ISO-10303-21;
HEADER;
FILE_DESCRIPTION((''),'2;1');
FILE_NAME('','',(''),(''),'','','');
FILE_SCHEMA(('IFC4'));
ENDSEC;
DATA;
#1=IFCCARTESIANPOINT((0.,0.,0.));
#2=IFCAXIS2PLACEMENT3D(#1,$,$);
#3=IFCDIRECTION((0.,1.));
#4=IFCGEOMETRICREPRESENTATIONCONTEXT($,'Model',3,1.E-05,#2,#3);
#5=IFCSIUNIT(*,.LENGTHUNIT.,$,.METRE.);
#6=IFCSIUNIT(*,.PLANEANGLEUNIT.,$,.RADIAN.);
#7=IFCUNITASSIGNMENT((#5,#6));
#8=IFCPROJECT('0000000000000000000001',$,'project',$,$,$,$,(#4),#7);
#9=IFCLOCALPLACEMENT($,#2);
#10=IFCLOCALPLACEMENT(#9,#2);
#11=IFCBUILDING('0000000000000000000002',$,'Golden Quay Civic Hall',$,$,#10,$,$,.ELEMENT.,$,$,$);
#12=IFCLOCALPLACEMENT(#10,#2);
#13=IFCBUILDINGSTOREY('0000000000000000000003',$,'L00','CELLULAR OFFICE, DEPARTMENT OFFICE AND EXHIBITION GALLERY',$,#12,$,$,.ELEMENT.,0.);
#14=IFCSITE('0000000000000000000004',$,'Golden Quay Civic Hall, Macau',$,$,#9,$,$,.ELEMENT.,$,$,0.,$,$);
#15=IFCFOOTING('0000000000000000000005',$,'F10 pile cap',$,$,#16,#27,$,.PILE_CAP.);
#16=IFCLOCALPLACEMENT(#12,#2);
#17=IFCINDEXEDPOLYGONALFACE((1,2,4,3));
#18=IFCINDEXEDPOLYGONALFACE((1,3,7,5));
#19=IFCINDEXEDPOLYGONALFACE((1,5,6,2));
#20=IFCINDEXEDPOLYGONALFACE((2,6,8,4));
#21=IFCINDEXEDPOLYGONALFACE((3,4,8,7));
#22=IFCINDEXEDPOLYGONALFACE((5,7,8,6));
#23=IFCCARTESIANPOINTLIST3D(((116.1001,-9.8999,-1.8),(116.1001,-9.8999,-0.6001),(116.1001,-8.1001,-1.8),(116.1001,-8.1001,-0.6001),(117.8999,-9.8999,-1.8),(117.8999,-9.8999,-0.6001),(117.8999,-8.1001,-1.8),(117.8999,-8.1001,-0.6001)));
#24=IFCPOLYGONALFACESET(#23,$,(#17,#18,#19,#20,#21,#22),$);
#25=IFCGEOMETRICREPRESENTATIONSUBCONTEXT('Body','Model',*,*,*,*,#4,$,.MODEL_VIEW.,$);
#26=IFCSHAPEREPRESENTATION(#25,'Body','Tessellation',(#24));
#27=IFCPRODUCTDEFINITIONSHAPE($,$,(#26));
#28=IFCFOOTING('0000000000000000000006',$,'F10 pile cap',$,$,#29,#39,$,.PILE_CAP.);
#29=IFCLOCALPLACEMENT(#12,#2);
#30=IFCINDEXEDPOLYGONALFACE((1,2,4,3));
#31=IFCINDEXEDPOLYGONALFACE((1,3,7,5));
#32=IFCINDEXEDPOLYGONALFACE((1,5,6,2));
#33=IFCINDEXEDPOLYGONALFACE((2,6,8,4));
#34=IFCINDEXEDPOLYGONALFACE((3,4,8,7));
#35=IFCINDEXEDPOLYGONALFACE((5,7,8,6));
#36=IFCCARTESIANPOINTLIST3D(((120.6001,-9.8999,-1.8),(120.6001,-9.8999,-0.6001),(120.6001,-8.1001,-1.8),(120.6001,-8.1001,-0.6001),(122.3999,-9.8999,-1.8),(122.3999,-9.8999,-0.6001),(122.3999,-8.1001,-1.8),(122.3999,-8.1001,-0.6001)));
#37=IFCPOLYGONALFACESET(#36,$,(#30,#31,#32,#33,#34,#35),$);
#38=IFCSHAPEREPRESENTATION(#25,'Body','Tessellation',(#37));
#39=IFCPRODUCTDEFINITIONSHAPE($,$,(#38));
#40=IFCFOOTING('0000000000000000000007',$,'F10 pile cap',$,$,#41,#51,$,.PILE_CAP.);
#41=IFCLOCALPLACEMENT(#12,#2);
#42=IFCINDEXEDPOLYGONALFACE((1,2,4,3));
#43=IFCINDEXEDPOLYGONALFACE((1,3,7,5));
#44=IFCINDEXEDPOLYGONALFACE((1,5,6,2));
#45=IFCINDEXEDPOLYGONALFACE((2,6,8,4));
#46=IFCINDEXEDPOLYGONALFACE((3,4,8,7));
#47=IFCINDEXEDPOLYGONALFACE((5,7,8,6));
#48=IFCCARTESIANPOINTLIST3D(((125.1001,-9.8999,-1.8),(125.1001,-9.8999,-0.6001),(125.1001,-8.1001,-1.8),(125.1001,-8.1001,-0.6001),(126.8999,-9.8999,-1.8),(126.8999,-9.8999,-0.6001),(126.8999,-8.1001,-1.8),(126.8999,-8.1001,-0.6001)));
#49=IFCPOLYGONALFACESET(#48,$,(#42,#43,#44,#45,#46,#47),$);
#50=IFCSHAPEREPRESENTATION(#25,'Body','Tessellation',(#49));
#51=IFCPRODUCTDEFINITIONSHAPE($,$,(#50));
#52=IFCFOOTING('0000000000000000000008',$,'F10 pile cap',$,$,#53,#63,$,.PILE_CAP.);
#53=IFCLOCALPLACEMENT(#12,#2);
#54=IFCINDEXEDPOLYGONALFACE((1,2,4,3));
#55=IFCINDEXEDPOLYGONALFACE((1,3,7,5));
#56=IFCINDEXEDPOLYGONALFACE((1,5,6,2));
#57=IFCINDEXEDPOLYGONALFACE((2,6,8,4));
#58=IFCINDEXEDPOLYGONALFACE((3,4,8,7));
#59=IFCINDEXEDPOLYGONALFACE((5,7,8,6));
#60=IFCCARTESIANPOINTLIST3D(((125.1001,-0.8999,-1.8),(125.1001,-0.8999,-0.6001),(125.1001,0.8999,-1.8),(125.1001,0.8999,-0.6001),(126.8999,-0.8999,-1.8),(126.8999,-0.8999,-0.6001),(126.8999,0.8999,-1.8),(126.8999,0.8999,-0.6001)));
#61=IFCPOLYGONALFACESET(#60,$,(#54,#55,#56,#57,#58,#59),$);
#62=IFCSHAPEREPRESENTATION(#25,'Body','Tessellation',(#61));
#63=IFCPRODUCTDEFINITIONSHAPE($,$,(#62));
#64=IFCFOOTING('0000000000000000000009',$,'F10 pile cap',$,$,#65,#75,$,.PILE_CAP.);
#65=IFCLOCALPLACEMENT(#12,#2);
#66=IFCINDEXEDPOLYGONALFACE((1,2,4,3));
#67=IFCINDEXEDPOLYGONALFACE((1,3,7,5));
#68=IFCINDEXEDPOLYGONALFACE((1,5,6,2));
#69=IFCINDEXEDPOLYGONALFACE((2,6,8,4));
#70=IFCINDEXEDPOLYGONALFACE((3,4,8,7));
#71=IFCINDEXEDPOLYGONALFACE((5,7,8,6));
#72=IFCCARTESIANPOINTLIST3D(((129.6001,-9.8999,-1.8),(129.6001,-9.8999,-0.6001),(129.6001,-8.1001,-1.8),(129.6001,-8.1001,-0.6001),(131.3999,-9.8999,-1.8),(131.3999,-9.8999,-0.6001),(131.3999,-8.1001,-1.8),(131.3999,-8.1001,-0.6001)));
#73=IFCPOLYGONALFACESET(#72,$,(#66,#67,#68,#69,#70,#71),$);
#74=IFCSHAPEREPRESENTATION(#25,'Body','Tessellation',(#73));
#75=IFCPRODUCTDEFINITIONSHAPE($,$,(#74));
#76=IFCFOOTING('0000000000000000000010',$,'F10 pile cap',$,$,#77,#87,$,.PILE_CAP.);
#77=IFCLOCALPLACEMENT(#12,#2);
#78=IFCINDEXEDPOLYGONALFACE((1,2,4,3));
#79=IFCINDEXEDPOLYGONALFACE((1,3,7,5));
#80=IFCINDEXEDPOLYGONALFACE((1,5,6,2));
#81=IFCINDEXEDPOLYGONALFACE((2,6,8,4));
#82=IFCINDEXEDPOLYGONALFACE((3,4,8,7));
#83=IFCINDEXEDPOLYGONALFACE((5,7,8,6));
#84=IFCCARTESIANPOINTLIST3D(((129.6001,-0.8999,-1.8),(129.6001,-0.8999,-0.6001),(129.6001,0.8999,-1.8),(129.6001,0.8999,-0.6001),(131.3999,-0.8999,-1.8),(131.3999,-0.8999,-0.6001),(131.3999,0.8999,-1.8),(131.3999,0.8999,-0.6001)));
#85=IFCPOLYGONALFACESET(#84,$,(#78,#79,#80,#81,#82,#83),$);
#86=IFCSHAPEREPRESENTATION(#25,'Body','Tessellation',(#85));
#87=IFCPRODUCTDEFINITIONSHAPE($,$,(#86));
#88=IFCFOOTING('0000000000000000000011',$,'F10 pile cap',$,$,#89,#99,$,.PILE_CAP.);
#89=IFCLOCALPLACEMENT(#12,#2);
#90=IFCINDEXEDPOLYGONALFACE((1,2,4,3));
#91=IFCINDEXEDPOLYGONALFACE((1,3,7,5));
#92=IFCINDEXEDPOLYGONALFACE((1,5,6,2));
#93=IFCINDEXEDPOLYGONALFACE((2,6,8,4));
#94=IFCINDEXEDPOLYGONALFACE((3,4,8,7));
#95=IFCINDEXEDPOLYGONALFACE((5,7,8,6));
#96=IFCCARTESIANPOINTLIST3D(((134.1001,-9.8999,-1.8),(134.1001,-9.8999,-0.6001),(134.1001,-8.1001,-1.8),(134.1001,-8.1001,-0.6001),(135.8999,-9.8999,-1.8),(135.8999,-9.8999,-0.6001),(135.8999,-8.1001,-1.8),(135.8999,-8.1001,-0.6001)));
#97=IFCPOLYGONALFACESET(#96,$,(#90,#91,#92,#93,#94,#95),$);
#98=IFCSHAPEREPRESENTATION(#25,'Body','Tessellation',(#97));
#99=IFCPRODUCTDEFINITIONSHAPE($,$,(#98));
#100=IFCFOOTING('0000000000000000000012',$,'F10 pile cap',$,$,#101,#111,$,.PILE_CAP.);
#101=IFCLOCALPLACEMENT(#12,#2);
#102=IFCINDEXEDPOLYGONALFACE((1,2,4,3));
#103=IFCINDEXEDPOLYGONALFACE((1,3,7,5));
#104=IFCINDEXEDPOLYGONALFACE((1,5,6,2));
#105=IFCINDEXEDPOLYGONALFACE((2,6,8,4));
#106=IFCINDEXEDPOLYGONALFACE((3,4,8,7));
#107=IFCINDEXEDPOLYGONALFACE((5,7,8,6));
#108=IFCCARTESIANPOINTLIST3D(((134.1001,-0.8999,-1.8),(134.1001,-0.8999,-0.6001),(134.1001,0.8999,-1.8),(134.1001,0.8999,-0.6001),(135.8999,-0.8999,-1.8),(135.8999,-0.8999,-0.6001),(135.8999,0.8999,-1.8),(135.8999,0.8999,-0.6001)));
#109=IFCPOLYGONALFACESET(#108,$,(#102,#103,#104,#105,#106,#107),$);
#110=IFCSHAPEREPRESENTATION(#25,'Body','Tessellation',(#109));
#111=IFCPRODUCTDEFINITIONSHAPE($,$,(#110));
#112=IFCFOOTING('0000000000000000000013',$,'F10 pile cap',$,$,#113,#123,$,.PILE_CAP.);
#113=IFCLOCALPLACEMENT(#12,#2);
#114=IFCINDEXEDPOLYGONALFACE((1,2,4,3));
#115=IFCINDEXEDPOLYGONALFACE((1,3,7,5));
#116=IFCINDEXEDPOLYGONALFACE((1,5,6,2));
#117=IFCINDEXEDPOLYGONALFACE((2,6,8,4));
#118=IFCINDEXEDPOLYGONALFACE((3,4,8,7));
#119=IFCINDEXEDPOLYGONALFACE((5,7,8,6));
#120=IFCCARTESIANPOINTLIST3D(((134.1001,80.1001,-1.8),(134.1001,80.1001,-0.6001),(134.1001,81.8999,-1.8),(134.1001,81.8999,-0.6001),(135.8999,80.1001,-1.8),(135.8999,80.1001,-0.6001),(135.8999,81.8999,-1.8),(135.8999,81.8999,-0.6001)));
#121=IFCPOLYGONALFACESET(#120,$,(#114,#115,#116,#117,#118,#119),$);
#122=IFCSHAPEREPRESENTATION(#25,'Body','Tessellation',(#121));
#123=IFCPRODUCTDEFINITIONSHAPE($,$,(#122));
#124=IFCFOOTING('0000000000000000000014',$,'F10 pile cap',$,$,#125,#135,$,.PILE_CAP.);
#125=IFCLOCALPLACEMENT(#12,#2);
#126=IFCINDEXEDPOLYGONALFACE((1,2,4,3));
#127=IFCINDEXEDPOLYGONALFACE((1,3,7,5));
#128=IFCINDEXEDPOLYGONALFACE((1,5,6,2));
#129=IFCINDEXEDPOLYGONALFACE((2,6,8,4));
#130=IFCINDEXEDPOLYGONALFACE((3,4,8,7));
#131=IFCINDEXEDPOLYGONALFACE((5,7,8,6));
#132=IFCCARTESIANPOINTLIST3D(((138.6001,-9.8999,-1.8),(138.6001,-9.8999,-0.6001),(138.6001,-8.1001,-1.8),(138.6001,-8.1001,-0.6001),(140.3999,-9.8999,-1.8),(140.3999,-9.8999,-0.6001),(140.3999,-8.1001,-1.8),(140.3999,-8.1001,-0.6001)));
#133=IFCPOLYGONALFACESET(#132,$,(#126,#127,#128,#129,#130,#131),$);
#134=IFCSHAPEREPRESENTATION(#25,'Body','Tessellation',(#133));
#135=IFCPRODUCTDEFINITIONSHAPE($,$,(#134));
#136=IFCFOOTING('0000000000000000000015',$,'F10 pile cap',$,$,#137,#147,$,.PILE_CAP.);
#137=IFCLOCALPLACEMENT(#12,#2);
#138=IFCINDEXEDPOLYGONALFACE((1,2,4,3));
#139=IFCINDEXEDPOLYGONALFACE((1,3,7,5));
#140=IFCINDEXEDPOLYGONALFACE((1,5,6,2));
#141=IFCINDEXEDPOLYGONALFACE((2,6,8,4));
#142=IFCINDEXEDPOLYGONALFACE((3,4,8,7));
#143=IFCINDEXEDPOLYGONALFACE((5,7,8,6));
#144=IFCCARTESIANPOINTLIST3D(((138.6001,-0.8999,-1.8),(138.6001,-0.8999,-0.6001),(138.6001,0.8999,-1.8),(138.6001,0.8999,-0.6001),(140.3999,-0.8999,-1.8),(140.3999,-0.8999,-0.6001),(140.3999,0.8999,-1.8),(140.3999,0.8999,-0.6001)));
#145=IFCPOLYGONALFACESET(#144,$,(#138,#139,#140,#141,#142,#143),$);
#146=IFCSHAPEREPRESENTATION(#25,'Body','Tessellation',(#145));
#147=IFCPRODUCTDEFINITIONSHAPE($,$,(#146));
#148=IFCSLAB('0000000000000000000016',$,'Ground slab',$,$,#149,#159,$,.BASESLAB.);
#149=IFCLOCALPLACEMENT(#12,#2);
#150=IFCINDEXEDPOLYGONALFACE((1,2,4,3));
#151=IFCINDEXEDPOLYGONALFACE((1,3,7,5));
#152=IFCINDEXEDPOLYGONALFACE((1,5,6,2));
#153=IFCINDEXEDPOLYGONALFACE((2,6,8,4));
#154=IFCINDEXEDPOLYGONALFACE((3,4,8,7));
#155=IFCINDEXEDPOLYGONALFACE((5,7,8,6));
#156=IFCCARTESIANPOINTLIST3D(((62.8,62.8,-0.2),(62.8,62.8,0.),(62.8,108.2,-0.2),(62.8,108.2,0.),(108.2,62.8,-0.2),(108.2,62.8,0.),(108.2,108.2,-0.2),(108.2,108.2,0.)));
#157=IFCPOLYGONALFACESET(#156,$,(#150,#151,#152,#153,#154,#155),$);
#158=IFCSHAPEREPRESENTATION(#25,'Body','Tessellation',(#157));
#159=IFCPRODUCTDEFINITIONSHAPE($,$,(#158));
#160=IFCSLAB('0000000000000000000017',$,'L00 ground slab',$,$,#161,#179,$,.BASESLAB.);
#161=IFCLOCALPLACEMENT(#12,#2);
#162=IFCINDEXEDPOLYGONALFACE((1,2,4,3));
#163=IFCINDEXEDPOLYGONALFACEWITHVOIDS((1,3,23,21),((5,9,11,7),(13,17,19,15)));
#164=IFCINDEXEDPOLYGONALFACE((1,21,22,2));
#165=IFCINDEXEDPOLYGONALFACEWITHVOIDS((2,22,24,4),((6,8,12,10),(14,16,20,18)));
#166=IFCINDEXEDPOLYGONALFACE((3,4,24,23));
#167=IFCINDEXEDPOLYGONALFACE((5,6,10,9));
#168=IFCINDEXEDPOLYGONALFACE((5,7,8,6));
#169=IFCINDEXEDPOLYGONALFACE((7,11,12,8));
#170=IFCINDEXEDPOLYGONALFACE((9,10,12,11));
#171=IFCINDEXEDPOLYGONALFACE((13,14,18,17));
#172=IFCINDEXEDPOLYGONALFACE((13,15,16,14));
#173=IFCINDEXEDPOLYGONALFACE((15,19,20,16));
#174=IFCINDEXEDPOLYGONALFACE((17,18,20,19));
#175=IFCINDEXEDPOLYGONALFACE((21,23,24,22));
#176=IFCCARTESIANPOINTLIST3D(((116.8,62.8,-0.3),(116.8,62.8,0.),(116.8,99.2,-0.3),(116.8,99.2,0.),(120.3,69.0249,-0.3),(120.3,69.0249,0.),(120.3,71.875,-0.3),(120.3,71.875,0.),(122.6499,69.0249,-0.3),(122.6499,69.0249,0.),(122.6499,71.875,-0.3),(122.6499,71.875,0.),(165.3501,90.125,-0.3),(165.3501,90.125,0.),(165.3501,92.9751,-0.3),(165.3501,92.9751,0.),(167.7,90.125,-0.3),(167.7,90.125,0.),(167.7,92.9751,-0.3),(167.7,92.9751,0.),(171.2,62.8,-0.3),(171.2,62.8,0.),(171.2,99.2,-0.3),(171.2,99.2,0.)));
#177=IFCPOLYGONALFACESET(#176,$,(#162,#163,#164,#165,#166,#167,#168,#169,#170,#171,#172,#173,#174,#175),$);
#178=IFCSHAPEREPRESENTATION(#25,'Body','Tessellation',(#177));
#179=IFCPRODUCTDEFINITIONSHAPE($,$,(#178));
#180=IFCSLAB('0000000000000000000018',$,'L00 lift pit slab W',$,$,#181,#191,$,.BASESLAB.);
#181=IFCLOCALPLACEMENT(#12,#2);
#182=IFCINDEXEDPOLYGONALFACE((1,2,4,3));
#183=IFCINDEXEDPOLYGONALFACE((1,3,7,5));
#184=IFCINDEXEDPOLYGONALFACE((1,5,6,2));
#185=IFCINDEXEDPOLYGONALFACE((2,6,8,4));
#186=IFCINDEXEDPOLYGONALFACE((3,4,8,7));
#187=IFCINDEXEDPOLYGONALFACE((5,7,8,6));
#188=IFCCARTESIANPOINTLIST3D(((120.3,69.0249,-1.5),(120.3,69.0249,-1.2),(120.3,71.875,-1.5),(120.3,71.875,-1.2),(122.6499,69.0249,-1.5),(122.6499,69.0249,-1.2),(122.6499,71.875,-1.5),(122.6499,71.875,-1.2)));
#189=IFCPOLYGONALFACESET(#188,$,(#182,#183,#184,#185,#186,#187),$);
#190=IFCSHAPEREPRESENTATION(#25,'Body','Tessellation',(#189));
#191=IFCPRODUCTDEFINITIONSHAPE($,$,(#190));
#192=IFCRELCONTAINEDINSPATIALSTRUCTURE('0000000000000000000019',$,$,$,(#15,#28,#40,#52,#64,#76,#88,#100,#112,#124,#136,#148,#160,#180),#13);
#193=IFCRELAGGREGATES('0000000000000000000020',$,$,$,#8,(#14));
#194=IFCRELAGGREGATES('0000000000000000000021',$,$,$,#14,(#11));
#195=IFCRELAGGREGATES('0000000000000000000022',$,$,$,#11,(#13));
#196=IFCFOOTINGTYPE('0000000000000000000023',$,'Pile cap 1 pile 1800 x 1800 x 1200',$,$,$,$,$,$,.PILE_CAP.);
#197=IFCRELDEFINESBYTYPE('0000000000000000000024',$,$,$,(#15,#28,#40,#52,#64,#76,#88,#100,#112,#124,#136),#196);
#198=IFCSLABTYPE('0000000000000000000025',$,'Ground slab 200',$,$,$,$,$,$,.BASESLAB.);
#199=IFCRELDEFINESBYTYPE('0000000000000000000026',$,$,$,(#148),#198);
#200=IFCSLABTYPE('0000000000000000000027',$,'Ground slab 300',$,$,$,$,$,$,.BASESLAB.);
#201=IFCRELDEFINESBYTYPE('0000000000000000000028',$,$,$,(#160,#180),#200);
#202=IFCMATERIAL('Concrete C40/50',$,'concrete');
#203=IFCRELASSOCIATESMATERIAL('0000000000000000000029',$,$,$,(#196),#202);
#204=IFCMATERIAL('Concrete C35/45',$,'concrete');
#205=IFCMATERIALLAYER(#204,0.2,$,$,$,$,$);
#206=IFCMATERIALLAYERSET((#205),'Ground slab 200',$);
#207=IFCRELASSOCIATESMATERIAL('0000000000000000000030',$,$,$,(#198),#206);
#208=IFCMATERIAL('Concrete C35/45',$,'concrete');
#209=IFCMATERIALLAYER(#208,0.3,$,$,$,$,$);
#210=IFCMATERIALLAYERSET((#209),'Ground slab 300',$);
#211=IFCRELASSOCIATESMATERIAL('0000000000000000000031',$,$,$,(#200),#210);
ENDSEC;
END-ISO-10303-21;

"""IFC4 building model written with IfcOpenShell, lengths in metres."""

from ifc_helpers import new_model, si_unit, direction, frame, origin, place, context, subcontext, project, spatial, polyline, outline, extrude, material, layer, layer_set, type_object, element, save


model = new_model("IFC4")

# Units and contexts
model_context = context("Model", 3, precision=1e-05, world=origin(), true_north=direction((0.0, 1.0)))
body_context = subcontext(model_context, "Body", "Model", "MODEL_VIEW")
ifc_project = project(units=[si_unit("LENGTHUNIT", "METRE"), si_unit("PLANEANGLEUNIT", "RADIAN")], contexts=[model_context])

# Site, building, storey
site_placement = place(None, origin())
site = spatial("IfcSite", under=ifc_project, at=site_placement, Name="Golden Quay Civic Hall, Macau", CompositionType="ELEMENT", RefElevation=0.0)
building_placement = place(site_placement, origin())
building = spatial("IfcBuilding", under=site, at=building_placement, Name="Golden Quay Civic Hall", CompositionType="ELEMENT")
storey_placement = place(building_placement, origin())
storey = spatial("IfcBuildingStorey", under=building, at=storey_placement, Name="L00", Description="CELLULAR OFFICE, DEPARTMENT OFFICE AND EXHIBITION GALLERY", CompositionType="ELEMENT", Elevation=0.0)

# Footings
ifc_material_1 = material(Name="Concrete C40/50", Category="concrete")
footing_type = type_object("IfcFootingType", Name="Pile cap 1 pile 1800 x 1800 x 1200", PredefinedType="PILE_CAP", material=ifc_material_1)
footing_1_placement = place(storey_placement, frame((0.0, 0.0, -1.8)))
element("IfcFooting", 1, at=footing_1_placement, inside=storey, type_object=footing_type, Name="F10 pile cap", PredefinedType="PILE_CAP", context=body_context, shape_type="SweptSolid", body=[
    extrude(outline(polyline([(117.8999, -9.8999), (117.8999, -8.1001), (116.1001, -8.1001), (116.1001, -9.8999), (117.8999, -9.8999)])), origin(), (0.0, 0.0, 1.0), 1.2),
])
footing_2_placement = place(storey_placement, frame((0.0, 0.0, -1.8)))
element("IfcFooting", 2, at=footing_2_placement, inside=storey, type_object=footing_type, Name="F10 pile cap", PredefinedType="PILE_CAP", context=body_context, shape_type="SweptSolid", body=[
    extrude(outline(polyline([(122.3999, -9.8999), (122.3999, -8.1001), (120.6001, -8.1001), (120.6001, -9.8999), (122.3999, -9.8999)])), origin(), (0.0, 0.0, 1.0), 1.2),
])
footing_3_placement = place(storey_placement, frame((0.0, 0.0, -1.8)))
element("IfcFooting", 3, at=footing_3_placement, inside=storey, type_object=footing_type, Name="F10 pile cap", PredefinedType="PILE_CAP", context=body_context, shape_type="SweptSolid", body=[
    extrude(outline(polyline([(126.8999, -9.8999), (126.8999, -8.1001), (125.1001, -8.1001), (125.1001, -9.8999), (126.8999, -9.8999)])), origin(), (0.0, 0.0, 1.0), 1.2),
])
footing_4_placement = place(storey_placement, frame((0.0, 0.0, -1.8)))
element("IfcFooting", 4, at=footing_4_placement, inside=storey, type_object=footing_type, Name="F10 pile cap", PredefinedType="PILE_CAP", context=body_context, shape_type="SweptSolid", body=[
    extrude(outline(polyline([(126.8999, -0.8999), (126.8999, 0.8999), (125.1001, 0.8999), (125.1001, -0.8999), (126.8999, -0.8999)])), origin(), (0.0, 0.0, 1.0), 1.2),
])
footing_5_placement = place(storey_placement, frame((0.0, 0.0, -1.8)))
element("IfcFooting", 5, at=footing_5_placement, inside=storey, type_object=footing_type, Name="F10 pile cap", PredefinedType="PILE_CAP", context=body_context, shape_type="SweptSolid", body=[
    extrude(outline(polyline([(131.3999, -9.8999), (131.3999, -8.1001), (129.6001, -8.1001), (129.6001, -9.8999), (131.3999, -9.8999)])), origin(), (0.0, 0.0, 1.0), 1.2),
])
footing_6_placement = place(storey_placement, frame((0.0, 0.0, -1.8)))
element("IfcFooting", 6, at=footing_6_placement, inside=storey, type_object=footing_type, Name="F10 pile cap", PredefinedType="PILE_CAP", context=body_context, shape_type="SweptSolid", body=[
    extrude(outline(polyline([(131.3999, -0.8999), (131.3999, 0.8999), (129.6001, 0.8999), (129.6001, -0.8999), (131.3999, -0.8999)])), origin(), (0.0, 0.0, 1.0), 1.2),
])
footing_7_placement = place(storey_placement, frame((0.0, 0.0, -1.8)))
element("IfcFooting", 7, at=footing_7_placement, inside=storey, type_object=footing_type, Name="F10 pile cap", PredefinedType="PILE_CAP", context=body_context, shape_type="SweptSolid", body=[
    extrude(outline(polyline([(135.8999, -9.8999), (135.8999, -8.1001), (134.1001, -8.1001), (134.1001, -9.8999), (135.8999, -9.8999)])), origin(), (0.0, 0.0, 1.0), 1.2),
])
footing_8_placement = place(storey_placement, frame((0.0, 0.0, -1.8)))
element("IfcFooting", 8, at=footing_8_placement, inside=storey, type_object=footing_type, Name="F10 pile cap", PredefinedType="PILE_CAP", context=body_context, shape_type="SweptSolid", body=[
    extrude(outline(polyline([(135.8999, -0.8999), (135.8999, 0.8999), (134.1001, 0.8999), (134.1001, -0.8999), (135.8999, -0.8999)])), origin(), (0.0, 0.0, 1.0), 1.2),
])
footing_9_placement = place(storey_placement, frame((0.0, 0.0, -1.8)))
element("IfcFooting", 9, at=footing_9_placement, inside=storey, type_object=footing_type, Name="F10 pile cap", PredefinedType="PILE_CAP", context=body_context, shape_type="SweptSolid", body=[
    extrude(outline(polyline([(135.8999, 80.1001), (135.8999, 81.8999), (134.1001, 81.8999), (134.1001, 80.1001), (135.8999, 80.1001)])), origin(), (0.0, 0.0, 1.0), 1.2),
])
footing_10_placement = place(storey_placement, frame((0.0, 0.0, -1.8)))
element("IfcFooting", 10, at=footing_10_placement, inside=storey, type_object=footing_type, Name="F10 pile cap", PredefinedType="PILE_CAP", context=body_context, shape_type="SweptSolid", body=[
    extrude(outline(polyline([(140.3999, -9.8999), (140.3999, -8.1001), (138.6001, -8.1001), (138.6001, -9.8999), (140.3999, -9.8999)])), origin(), (0.0, 0.0, 1.0), 1.2),
])
footing_11_placement = place(storey_placement, frame((0.0, 0.0, -1.8)))
element("IfcFooting", 11, at=footing_11_placement, inside=storey, type_object=footing_type, Name="F10 pile cap", PredefinedType="PILE_CAP", context=body_context, shape_type="SweptSolid", body=[
    extrude(outline(polyline([(140.3999, -0.8999), (140.3999, 0.8999), (138.6001, 0.8999), (138.6001, -0.8999), (140.3999, -0.8999)])), origin(), (0.0, 0.0, 1.0), 1.2),
])

# Slabs
ifc_material_2 = material(Name="Concrete C35/45", Category="concrete")
ifc_layer_1 = layer(ifc_material_2, 0.2)
ifc_layer_set_1 = layer_set([ifc_layer_1], Name="Ground slab 200")
slab_type_1 = type_object("IfcSlabType", Name="Ground slab 200", PredefinedType="BASESLAB", material=ifc_layer_set_1)
slab_1_placement = place(storey_placement, frame((0.0, 0.0, -0.2)))
element("IfcSlab", 12, at=slab_1_placement, inside=storey, type_object=slab_type_1, Name="Ground slab", PredefinedType="BASESLAB", context=body_context, shape_type="SweptSolid", body=[
    extrude(outline(polyline([(108.2, 62.8), (108.2, 108.2), (62.8, 108.2), (62.8, 62.8), (108.2, 62.8)])), origin(), (0.0, 0.0, 1.0), 0.2),
])
ifc_material_3 = material(Name="Concrete C35/45", Category="concrete")
ifc_layer_2 = layer(ifc_material_3, 0.3)
ifc_layer_set_2 = layer_set([ifc_layer_2], Name="Ground slab 300")
slab_type_2 = type_object("IfcSlabType", Name="Ground slab 300", PredefinedType="BASESLAB", material=ifc_layer_set_2)
slab_2_placement = place(storey_placement, frame((0.0, 0.0, -0.3)))
element("IfcSlab", 13, at=slab_2_placement, inside=storey, type_object=slab_type_2, Name="L00 ground slab", PredefinedType="BASESLAB", context=body_context, shape_type="SweptSolid", body=[
    extrude(outline(polyline([(116.8, 62.8), (171.2, 62.8), (171.2, 99.2), (116.8, 99.2), (116.8, 62.8)]), holes=[polyline([(120.3, 69.0249), (122.6499, 69.0249), (122.6499, 71.875), (120.3, 71.875), (120.3, 69.0249)]), polyline([(167.7, 92.9751), (165.3501, 92.9751), (165.3501, 90.125), (167.7, 90.125), (167.7, 92.9751)])]), origin(), (0.0, 0.0, 1.0), 0.3),
])
slab_3_placement = place(storey_placement, frame((0.0, 0.0, -1.5)))
element("IfcSlab", 14, at=slab_3_placement, inside=storey, type_object=slab_type_2, Name="L00 lift pit slab W", PredefinedType="BASESLAB", context=body_context, shape_type="SweptSolid", body=[
    extrude(outline(polyline([(120.3, 69.0249), (122.6499, 69.0249), (122.6499, 71.875), (120.3, 71.875), (120.3, 69.0249)])), origin(), (0.0, 0.0, 1.0), 0.3),
])

save(model, "model.ifc")
